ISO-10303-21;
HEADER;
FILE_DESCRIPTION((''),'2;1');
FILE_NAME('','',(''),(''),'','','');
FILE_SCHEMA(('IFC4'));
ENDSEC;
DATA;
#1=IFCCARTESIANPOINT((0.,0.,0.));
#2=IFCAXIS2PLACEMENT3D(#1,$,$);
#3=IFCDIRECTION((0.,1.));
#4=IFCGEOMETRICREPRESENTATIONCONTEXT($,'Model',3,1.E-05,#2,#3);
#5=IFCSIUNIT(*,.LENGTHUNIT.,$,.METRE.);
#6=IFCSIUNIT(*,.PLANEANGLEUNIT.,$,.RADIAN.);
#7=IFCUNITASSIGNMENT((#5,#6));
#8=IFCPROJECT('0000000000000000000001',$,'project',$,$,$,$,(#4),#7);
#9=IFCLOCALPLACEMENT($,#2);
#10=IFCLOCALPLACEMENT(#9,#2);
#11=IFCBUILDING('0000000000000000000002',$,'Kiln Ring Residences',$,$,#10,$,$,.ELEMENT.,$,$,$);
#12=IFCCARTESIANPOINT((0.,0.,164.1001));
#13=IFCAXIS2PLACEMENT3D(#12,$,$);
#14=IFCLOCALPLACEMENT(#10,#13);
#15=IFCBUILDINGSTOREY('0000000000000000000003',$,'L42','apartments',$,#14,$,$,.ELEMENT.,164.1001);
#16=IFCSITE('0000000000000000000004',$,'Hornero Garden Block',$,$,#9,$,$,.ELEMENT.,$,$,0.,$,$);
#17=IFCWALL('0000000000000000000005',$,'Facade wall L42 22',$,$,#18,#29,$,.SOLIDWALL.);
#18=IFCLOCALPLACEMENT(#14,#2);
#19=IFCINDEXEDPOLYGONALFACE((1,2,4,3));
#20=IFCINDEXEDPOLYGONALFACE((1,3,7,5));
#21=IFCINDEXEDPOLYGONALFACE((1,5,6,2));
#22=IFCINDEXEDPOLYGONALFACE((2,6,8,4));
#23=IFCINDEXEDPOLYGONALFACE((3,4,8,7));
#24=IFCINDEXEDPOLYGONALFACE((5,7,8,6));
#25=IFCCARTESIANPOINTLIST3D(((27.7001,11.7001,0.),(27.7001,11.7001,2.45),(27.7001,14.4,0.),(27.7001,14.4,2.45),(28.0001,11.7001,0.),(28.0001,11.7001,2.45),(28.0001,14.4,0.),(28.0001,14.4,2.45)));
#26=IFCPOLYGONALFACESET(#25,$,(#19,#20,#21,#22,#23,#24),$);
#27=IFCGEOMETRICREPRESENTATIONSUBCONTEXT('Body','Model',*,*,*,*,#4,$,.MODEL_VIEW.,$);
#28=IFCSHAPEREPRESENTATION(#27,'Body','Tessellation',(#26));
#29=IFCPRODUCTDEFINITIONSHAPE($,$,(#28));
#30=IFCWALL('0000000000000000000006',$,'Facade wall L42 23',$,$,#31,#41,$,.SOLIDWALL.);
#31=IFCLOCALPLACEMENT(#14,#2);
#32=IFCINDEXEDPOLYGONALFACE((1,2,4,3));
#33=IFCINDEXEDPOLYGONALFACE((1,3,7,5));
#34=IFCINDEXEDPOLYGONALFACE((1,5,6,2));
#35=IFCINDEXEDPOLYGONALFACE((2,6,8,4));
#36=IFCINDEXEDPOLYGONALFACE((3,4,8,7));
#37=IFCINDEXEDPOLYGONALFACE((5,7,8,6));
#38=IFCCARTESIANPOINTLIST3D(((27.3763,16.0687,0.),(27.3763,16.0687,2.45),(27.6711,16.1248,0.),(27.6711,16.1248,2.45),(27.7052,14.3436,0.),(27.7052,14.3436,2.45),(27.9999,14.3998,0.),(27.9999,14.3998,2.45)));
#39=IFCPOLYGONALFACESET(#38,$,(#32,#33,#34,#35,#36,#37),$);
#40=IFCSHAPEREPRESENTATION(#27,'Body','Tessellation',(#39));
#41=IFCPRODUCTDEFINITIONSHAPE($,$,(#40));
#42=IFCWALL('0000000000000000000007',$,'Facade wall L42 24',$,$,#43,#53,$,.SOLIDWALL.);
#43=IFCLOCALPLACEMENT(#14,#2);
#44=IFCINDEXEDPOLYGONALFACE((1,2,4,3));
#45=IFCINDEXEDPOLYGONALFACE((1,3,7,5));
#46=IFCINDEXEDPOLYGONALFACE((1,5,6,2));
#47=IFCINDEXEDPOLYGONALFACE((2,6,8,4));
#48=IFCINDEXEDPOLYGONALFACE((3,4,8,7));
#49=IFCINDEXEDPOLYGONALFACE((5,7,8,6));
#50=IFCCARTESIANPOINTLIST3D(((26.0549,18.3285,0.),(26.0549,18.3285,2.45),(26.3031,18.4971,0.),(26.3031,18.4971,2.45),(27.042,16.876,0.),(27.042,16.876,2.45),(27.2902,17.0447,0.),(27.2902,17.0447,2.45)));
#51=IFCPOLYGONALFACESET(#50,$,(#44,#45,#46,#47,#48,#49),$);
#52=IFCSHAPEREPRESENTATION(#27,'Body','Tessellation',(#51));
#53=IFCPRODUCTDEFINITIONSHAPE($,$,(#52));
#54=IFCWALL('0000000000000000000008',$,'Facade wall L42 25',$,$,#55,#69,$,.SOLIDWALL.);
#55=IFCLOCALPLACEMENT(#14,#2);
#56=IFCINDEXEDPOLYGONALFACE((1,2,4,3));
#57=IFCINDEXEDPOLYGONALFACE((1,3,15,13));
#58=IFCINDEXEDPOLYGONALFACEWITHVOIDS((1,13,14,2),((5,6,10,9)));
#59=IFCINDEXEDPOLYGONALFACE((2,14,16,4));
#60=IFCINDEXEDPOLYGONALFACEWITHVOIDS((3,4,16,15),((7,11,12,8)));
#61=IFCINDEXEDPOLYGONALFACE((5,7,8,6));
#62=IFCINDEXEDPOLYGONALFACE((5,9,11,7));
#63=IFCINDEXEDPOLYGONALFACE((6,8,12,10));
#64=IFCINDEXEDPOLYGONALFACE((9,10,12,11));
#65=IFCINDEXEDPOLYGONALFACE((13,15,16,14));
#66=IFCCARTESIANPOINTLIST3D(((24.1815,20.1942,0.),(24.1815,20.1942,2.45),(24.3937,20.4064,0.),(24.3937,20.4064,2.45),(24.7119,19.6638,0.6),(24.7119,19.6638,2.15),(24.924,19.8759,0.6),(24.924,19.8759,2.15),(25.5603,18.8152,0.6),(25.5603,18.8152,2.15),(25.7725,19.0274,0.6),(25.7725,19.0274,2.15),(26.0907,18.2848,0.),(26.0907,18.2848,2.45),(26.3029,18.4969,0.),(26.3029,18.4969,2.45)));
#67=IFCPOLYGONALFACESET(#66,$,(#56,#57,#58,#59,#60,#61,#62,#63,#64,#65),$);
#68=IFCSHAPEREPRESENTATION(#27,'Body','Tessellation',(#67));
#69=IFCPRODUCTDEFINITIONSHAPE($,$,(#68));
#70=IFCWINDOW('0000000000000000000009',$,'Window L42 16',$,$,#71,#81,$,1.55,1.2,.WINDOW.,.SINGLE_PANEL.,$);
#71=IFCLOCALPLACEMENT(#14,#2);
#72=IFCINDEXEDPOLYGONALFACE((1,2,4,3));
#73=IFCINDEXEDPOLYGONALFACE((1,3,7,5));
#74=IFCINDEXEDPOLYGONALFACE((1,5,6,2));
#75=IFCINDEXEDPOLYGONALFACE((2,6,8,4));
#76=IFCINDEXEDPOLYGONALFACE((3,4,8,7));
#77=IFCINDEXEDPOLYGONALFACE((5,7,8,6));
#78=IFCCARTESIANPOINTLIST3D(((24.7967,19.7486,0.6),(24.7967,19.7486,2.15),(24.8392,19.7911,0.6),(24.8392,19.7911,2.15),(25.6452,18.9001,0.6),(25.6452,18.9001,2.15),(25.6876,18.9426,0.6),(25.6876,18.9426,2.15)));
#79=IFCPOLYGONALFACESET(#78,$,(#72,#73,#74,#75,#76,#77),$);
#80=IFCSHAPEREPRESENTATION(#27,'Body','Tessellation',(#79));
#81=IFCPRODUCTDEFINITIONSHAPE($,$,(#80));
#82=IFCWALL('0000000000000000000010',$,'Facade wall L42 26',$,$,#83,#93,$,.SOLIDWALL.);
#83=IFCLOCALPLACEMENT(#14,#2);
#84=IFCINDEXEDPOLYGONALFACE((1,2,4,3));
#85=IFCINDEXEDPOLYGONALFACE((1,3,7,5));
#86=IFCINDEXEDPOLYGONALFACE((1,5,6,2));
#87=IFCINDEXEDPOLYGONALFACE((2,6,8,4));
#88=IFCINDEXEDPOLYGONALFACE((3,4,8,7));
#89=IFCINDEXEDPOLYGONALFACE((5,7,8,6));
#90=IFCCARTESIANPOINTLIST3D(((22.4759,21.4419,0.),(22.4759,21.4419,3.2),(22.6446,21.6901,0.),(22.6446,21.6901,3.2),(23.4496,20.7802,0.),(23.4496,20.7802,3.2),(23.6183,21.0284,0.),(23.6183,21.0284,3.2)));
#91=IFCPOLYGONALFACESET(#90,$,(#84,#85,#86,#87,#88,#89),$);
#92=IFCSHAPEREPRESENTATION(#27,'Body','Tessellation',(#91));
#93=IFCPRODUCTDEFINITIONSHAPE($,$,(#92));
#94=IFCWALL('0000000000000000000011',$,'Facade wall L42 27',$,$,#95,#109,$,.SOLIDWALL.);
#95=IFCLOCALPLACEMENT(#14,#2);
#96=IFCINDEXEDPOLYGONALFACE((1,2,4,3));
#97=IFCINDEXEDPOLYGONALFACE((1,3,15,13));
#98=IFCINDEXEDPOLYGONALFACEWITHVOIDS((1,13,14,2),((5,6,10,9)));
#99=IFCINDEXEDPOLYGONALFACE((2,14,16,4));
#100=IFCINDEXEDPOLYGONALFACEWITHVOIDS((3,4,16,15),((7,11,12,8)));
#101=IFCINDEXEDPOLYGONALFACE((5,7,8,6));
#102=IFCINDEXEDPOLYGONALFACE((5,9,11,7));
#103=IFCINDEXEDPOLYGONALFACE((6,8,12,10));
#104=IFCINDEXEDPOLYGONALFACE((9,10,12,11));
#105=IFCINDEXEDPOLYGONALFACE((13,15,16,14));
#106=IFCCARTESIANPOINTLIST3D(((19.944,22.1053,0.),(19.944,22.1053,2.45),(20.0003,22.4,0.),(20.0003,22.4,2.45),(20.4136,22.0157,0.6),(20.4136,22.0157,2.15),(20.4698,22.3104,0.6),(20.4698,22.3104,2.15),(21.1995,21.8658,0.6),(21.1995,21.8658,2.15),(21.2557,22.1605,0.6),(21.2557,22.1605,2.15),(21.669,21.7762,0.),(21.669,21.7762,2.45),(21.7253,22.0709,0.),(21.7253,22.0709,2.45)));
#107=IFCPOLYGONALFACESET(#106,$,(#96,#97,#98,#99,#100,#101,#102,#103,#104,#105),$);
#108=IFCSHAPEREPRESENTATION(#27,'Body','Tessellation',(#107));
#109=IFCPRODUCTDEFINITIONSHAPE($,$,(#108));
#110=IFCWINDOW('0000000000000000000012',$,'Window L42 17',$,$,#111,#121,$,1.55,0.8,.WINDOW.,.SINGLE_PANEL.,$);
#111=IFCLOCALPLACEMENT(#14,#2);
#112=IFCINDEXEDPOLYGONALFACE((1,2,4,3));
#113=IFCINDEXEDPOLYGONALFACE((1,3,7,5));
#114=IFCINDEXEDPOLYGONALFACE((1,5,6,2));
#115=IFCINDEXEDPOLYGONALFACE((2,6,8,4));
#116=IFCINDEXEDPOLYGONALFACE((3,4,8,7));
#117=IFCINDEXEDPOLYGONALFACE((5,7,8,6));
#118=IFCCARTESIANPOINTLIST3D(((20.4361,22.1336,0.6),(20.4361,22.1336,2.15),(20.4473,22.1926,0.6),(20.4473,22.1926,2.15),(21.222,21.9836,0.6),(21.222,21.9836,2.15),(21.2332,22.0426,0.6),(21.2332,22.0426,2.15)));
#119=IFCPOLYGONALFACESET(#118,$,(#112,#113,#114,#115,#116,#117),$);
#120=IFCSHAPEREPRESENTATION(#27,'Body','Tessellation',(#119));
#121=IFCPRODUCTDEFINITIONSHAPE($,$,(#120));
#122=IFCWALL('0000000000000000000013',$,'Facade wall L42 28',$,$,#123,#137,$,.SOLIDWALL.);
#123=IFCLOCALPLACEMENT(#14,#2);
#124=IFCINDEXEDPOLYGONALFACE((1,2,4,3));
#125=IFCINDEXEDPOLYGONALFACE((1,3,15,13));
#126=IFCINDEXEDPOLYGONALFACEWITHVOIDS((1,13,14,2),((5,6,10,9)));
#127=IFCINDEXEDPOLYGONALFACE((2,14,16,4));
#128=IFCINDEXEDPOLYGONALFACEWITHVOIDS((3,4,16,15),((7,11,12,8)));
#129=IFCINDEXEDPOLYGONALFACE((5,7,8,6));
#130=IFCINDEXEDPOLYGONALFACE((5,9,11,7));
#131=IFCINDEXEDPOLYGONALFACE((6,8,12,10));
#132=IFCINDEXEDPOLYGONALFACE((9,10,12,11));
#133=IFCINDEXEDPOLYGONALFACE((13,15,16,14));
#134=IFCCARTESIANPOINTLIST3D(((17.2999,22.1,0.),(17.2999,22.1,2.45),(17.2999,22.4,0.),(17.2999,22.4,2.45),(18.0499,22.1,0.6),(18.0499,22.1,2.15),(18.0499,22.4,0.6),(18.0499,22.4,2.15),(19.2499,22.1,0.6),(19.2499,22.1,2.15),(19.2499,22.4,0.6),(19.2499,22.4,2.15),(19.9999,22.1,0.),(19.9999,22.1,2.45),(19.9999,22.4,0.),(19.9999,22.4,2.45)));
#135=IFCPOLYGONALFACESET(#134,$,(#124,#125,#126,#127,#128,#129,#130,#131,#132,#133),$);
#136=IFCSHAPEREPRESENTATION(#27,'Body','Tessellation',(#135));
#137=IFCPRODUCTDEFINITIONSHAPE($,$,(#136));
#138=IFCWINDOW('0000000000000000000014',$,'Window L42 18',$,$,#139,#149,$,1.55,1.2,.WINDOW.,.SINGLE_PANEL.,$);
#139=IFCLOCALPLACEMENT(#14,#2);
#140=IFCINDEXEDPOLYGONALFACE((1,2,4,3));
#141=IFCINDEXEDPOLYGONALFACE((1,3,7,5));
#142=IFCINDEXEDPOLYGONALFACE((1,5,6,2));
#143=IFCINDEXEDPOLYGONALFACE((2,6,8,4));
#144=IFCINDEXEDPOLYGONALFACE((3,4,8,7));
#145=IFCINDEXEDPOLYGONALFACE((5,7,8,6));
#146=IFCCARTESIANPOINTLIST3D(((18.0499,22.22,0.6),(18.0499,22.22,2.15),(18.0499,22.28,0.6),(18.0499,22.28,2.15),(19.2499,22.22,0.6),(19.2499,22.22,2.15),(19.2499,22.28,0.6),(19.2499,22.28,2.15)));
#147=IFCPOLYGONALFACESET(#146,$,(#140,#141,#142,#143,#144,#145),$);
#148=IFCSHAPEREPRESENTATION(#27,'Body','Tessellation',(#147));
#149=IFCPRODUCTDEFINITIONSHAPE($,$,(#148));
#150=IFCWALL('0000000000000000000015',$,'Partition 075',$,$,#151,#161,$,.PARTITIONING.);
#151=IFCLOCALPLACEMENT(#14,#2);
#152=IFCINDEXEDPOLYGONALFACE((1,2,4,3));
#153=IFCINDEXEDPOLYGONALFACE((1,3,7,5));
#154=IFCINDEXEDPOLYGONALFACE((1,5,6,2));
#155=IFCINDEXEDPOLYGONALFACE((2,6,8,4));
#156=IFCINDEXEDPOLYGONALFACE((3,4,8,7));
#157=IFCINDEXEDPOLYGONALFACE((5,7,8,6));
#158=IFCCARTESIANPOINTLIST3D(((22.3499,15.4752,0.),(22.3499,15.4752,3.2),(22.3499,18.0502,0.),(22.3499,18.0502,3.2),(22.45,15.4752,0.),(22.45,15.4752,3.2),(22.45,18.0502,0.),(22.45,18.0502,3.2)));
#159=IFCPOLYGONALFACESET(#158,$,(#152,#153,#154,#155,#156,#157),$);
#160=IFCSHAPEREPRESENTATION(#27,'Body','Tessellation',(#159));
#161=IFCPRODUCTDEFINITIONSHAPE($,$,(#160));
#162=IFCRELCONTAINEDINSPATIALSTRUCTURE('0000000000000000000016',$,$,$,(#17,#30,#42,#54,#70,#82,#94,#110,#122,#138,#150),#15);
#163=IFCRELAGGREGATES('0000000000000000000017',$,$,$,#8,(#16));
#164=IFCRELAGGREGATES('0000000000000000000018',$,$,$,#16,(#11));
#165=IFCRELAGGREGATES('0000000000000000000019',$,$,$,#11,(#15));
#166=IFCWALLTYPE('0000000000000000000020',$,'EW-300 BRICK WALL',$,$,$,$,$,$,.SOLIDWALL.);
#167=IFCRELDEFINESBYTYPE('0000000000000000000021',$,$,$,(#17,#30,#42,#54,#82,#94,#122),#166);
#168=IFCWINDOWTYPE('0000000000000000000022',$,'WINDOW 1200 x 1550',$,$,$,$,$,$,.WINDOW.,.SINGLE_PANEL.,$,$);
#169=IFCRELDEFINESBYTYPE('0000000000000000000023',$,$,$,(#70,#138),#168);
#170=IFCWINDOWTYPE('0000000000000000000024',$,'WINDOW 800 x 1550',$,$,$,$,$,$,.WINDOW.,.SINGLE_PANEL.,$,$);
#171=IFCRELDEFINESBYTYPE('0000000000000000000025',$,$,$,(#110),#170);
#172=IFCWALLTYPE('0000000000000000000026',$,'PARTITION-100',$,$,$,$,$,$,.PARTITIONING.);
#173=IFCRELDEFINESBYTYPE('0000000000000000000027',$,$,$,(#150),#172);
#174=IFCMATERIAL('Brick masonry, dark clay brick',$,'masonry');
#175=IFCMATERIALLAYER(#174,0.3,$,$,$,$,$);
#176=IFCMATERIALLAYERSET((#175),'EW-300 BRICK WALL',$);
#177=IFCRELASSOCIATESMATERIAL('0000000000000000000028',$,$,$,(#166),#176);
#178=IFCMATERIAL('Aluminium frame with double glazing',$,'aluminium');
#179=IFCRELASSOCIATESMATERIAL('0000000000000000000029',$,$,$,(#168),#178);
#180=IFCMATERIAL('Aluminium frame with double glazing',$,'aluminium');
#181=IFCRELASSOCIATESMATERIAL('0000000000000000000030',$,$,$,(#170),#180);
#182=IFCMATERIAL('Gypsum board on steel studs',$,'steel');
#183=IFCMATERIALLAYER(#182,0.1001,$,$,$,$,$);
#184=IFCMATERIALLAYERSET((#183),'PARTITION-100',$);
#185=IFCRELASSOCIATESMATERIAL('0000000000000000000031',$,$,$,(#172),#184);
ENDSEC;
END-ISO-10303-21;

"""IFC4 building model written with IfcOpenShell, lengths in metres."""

from ifc_helpers import new_model, si_unit, direction, frame, frame_2d, origin, place, context, subcontext, project, spatial, rectangle, extrude, material, layer, layer_set, type_object, element, fill, save


model = new_model("IFC4")

# Units and contexts
model_context = context("Model", 3, precision=1e-05, world=origin(), true_north=direction((0.0, 1.0)))
body_context = subcontext(model_context, "Body", "Model", "MODEL_VIEW")
ifc_project = project(units=[si_unit("LENGTHUNIT", "METRE"), si_unit("PLANEANGLEUNIT", "RADIAN")], contexts=[model_context])

# Site, building, storey
site_placement = place(None, origin())
site = spatial("IfcSite", under=ifc_project, at=site_placement, Name="Hornero Garden Block", CompositionType="ELEMENT", RefElevation=0.0)
building_placement = place(site_placement, origin())
building = spatial("IfcBuilding", under=site, at=building_placement, Name="Kiln Ring Residences", CompositionType="ELEMENT")
storey_placement = place(building_placement, frame((0.0, 0.0, 164.1001)))
storey = spatial("IfcBuildingStorey", under=building, at=storey_placement, Name="L42", Description="apartments", CompositionType="ELEMENT", Elevation=164.1001)

# Walls
ifc_material_1 = material(Name="Brick masonry, dark clay brick", Category="masonry")
ifc_layer_1 = layer(ifc_material_1, 0.3)
ifc_layer_set_1 = layer_set([ifc_layer_1], Name="EW-300 BRICK WALL")
wall_type_1 = type_object("IfcWallType", Name="EW-300 BRICK WALL", PredefinedType="SOLIDWALL", material=ifc_layer_set_1)
wall_1_placement = place(storey_placement, frame((27.8501, 11.7, 0.0), z_axis=(0.0, 0.0, 1.0), x_axis=(0.0, 1.0, 0.0)))
element("IfcWall", 1, at=wall_1_placement, inside=storey, type_object=wall_type_1, Name="Facade wall L42 22", PredefinedType="SOLIDWALL", context=body_context, shape_type="SweptSolid", body=[
    extrude(rectangle(XDim=2.7, YDim=0.3, at=frame_2d((1.3501, 0.0))), origin(), (0.0, 0.0, 1.0), 2.45),
])
for number, where, z_axis, x_axis, name in (
    (2, (27.8525, 14.3718, 0.0), (0.0, 0.0, 1.0), (-0.187259, 0.982311, 0.0), "Facade wall L42 23"),
    (3, (27.166, 16.9604, 0.0), (0.0, 0.0, 1.0), (-0.562089, 0.827076, 0.0), "Facade wall L42 24"),
):
    element("IfcWall", number, at=place(storey_placement, frame(where, z_axis=z_axis, x_axis=x_axis)), inside=storey, type_object=wall_type_1, Name=name, PredefinedType="SOLIDWALL", context=body_context, shape_type="SweptSolid", body=[
        extrude(rectangle(XDim=1.7561, YDim=0.3, at=frame_2d((0.8779, 0.0))), origin(), (0.0, 0.0, 1.0), 2.45),
    ])

# Wall, opening, window
wall_2_placement = place(storey_placement, frame((26.1968, 18.3909, 0.0), z_axis=(0.0, 0.0, 1.0), x_axis=(-0.707062, 0.707152, 0.0)))
wall_2 = element("IfcWall", 4, at=wall_2_placement, inside=storey, type_object=wall_type_1, Name="Facade wall L42 25", PredefinedType="SOLIDWALL", context=body_context, shape_type="SweptSolid", body=[
    extrude(rectangle(XDim=2.7002, YDim=0.3, at=frame_2d((1.3501, 0.0))), origin(), (0.0, 0.0, 1.0), 2.45),
])
opening_1_placement = place(wall_2_placement, frame((0.75, 0.0, 0.6001)))
opening_1 = element("IfcOpeningElement", 5, at=opening_1_placement, cuts=wall_2, PredefinedType="OPENING", context=body_context, shape_type="SweptSolid", body=[
    extrude(rectangle(XDim=1.2, YDim=1.55, at=frame_2d((0.6001, 0.7749))), frame((0.0, 0.1599, 0.0), z_axis=(0.0, -1.0, 0.0), x_axis=(1.0, 0.0, 0.0)), (0.0, 0.0, 1.0), 0.3201),
])
ifc_material_2 = material(Name="Aluminium frame with double glazing", Category="aluminium")
window_type_1 = type_object("IfcWindowType", Name="WINDOW 1200 x 1550", PartitioningType="SINGLE_PANEL", PredefinedType="WINDOW", material=ifc_material_2)
window_1_placement = place(opening_1_placement, origin())
window_1 = element("IfcWindow", 6, at=window_1_placement, inside=storey, type_object=window_type_1, Name="Window L42 16", OverallHeight=1.55, OverallWidth=1.2, PartitioningType="SINGLE_PANEL", PredefinedType="WINDOW", context=body_context, shape_type="SweptSolid", body=[
    extrude(rectangle(XDim=1.2, YDim=1.55, at=frame_2d((0.6001, 0.7749))), frame((0.0, 0.03, 0.0), z_axis=(0.0, -1.0, 0.0), x_axis=(1.0, 0.0, 0.0)), (0.0, 0.0, 1.0), 0.0601),
])
fill(opening_1, window_1)

# Wall
wall_3_placement = place(storey_placement, frame((23.5339, 20.9043, 0.0), z_axis=(0.0, 0.0, 1.0), x_axis=(-0.827104, 0.562049, 0.0)))
element("IfcWall", 7, at=wall_3_placement, inside=storey, type_object=wall_type_1, Name="Facade wall L42 26", PredefinedType="SOLIDWALL", context=body_context, shape_type="SweptSolid", body=[
    extrude(rectangle(XDim=1.1772, YDim=0.3, at=frame_2d((0.5886, 0.0))), origin(), (0.0, 0.0, 1.0), 3.2),
])

# Walls, openings, windows
wall_4_placement = place(storey_placement, frame((21.697, 21.9236, 0.0), z_axis=(0.0, 0.0, 1.0), x_axis=(-0.982285, 0.187393, 0.0)))
wall_4 = element("IfcWall", 8, at=wall_4_placement, inside=storey, type_object=wall_type_1, Name="Facade wall L42 27", PredefinedType="SOLIDWALL", context=body_context, shape_type="SweptSolid", body=[
    extrude(rectangle(XDim=1.7561, YDim=0.3, at=frame_2d((0.8779, 0.0))), origin(), (0.0, 0.0, 1.0), 2.45),
])
opening_2_placement = place(wall_4_placement, frame((0.478, 0.0, 0.6001)))
opening_2 = element("IfcOpeningElement", 9, at=opening_2_placement, cuts=wall_4, PredefinedType="OPENING", context=body_context, shape_type="SweptSolid", body=[
    extrude(rectangle(XDim=0.8, YDim=1.55, at=frame_2d((0.3999, 0.7749))), frame((0.0, 0.1599, 0.0), z_axis=(0.0, -1.0, 0.0), x_axis=(1.0, 0.0, 0.0)), (0.0, 0.0, 1.0), 0.3201),
])
ifc_material_3 = material(Name="Aluminium frame with double glazing", Category="aluminium")
window_type_2 = type_object("IfcWindowType", Name="WINDOW 800 x 1550", PartitioningType="SINGLE_PANEL", PredefinedType="WINDOW", material=ifc_material_3)
window_2_placement = place(opening_2_placement, origin())
window_2 = element("IfcWindow", 10, at=window_2_placement, inside=storey, type_object=window_type_2, Name="Window L42 17", OverallHeight=1.55, OverallWidth=0.8, PartitioningType="SINGLE_PANEL", PredefinedType="WINDOW", context=body_context, shape_type="SweptSolid", body=[
    extrude(rectangle(XDim=0.8, YDim=1.55, at=frame_2d((0.3999, 0.7749))), frame((0.0, 0.03, 0.0), z_axis=(0.0, -1.0, 0.0), x_axis=(1.0, 0.0, 0.0)), (0.0, 0.0, 1.0), 0.0601),
])
fill(opening_2, window_2)
wall_5_placement = place(storey_placement, frame((20.0, 22.25, 0.0), z_axis=(0.0, 0.0, 1.0), x_axis=(-1.0, 0.0, 0.0)))
wall_5 = element("IfcWall", 11, at=wall_5_placement, inside=storey, type_object=wall_type_1, Name="Facade wall L42 28", PredefinedType="SOLIDWALL", context=body_context, shape_type="SweptSolid", body=[
    extrude(rectangle(XDim=2.7, YDim=0.3, at=frame_2d((1.3501, 0.0))), origin(), (0.0, 0.0, 1.0), 2.45),
])
opening_3_placement = place(wall_5_placement, frame((0.75, 0.0, 0.6001)))
opening_3 = element("IfcOpeningElement", 12, at=opening_3_placement, cuts=wall_5, PredefinedType="OPENING", context=body_context, shape_type="SweptSolid", body=[
    extrude(rectangle(XDim=1.2, YDim=1.55, at=frame_2d((0.6001, 0.7749))), frame((0.0, 0.1599, 0.0), z_axis=(0.0, -1.0, 0.0), x_axis=(1.0, 0.0, 0.0)), (0.0, 0.0, 1.0), 0.3201),
])
window_3_placement = place(opening_3_placement, origin())
window_3 = element("IfcWindow", 13, at=window_3_placement, inside=storey, type_object=window_type_1, Name="Window L42 18", OverallHeight=1.55, OverallWidth=1.2, PartitioningType="SINGLE_PANEL", PredefinedType="WINDOW", context=body_context, shape_type="SweptSolid", body=[
    extrude(rectangle(XDim=1.2, YDim=1.55, at=frame_2d((0.6001, 0.7749))), frame((0.0, 0.03, 0.0), z_axis=(0.0, -1.0, 0.0), x_axis=(1.0, 0.0, 0.0)), (0.0, 0.0, 1.0), 0.0601),
])
fill(opening_3, window_3)

# Wall
ifc_material_4 = material(Name="Gypsum board on steel studs", Category="steel")
ifc_layer_2 = layer(ifc_material_4, 0.1001)
ifc_layer_set_2 = layer_set([ifc_layer_2], Name="PARTITION-100")
wall_type_2 = type_object("IfcWallType", Name="PARTITION-100", PredefinedType="PARTITIONING", material=ifc_layer_set_2)
wall_6_placement = place(storey_placement, frame((22.3999, 15.4751, 0.0), z_axis=(0.0, 0.0, 1.0), x_axis=(0.0, 1.0, 0.0)))
element("IfcWall", 14, at=wall_6_placement, inside=storey, type_object=wall_type_2, Name="Partition 075", PredefinedType="PARTITIONING", context=body_context, shape_type="SweptSolid", body=[
    extrude(rectangle(XDim=2.575, YDim=0.1001, at=frame_2d((1.2876, 0.0))), origin(), (0.0, 0.0, 1.0), 3.2),
])

save(model, "model.ifc")
